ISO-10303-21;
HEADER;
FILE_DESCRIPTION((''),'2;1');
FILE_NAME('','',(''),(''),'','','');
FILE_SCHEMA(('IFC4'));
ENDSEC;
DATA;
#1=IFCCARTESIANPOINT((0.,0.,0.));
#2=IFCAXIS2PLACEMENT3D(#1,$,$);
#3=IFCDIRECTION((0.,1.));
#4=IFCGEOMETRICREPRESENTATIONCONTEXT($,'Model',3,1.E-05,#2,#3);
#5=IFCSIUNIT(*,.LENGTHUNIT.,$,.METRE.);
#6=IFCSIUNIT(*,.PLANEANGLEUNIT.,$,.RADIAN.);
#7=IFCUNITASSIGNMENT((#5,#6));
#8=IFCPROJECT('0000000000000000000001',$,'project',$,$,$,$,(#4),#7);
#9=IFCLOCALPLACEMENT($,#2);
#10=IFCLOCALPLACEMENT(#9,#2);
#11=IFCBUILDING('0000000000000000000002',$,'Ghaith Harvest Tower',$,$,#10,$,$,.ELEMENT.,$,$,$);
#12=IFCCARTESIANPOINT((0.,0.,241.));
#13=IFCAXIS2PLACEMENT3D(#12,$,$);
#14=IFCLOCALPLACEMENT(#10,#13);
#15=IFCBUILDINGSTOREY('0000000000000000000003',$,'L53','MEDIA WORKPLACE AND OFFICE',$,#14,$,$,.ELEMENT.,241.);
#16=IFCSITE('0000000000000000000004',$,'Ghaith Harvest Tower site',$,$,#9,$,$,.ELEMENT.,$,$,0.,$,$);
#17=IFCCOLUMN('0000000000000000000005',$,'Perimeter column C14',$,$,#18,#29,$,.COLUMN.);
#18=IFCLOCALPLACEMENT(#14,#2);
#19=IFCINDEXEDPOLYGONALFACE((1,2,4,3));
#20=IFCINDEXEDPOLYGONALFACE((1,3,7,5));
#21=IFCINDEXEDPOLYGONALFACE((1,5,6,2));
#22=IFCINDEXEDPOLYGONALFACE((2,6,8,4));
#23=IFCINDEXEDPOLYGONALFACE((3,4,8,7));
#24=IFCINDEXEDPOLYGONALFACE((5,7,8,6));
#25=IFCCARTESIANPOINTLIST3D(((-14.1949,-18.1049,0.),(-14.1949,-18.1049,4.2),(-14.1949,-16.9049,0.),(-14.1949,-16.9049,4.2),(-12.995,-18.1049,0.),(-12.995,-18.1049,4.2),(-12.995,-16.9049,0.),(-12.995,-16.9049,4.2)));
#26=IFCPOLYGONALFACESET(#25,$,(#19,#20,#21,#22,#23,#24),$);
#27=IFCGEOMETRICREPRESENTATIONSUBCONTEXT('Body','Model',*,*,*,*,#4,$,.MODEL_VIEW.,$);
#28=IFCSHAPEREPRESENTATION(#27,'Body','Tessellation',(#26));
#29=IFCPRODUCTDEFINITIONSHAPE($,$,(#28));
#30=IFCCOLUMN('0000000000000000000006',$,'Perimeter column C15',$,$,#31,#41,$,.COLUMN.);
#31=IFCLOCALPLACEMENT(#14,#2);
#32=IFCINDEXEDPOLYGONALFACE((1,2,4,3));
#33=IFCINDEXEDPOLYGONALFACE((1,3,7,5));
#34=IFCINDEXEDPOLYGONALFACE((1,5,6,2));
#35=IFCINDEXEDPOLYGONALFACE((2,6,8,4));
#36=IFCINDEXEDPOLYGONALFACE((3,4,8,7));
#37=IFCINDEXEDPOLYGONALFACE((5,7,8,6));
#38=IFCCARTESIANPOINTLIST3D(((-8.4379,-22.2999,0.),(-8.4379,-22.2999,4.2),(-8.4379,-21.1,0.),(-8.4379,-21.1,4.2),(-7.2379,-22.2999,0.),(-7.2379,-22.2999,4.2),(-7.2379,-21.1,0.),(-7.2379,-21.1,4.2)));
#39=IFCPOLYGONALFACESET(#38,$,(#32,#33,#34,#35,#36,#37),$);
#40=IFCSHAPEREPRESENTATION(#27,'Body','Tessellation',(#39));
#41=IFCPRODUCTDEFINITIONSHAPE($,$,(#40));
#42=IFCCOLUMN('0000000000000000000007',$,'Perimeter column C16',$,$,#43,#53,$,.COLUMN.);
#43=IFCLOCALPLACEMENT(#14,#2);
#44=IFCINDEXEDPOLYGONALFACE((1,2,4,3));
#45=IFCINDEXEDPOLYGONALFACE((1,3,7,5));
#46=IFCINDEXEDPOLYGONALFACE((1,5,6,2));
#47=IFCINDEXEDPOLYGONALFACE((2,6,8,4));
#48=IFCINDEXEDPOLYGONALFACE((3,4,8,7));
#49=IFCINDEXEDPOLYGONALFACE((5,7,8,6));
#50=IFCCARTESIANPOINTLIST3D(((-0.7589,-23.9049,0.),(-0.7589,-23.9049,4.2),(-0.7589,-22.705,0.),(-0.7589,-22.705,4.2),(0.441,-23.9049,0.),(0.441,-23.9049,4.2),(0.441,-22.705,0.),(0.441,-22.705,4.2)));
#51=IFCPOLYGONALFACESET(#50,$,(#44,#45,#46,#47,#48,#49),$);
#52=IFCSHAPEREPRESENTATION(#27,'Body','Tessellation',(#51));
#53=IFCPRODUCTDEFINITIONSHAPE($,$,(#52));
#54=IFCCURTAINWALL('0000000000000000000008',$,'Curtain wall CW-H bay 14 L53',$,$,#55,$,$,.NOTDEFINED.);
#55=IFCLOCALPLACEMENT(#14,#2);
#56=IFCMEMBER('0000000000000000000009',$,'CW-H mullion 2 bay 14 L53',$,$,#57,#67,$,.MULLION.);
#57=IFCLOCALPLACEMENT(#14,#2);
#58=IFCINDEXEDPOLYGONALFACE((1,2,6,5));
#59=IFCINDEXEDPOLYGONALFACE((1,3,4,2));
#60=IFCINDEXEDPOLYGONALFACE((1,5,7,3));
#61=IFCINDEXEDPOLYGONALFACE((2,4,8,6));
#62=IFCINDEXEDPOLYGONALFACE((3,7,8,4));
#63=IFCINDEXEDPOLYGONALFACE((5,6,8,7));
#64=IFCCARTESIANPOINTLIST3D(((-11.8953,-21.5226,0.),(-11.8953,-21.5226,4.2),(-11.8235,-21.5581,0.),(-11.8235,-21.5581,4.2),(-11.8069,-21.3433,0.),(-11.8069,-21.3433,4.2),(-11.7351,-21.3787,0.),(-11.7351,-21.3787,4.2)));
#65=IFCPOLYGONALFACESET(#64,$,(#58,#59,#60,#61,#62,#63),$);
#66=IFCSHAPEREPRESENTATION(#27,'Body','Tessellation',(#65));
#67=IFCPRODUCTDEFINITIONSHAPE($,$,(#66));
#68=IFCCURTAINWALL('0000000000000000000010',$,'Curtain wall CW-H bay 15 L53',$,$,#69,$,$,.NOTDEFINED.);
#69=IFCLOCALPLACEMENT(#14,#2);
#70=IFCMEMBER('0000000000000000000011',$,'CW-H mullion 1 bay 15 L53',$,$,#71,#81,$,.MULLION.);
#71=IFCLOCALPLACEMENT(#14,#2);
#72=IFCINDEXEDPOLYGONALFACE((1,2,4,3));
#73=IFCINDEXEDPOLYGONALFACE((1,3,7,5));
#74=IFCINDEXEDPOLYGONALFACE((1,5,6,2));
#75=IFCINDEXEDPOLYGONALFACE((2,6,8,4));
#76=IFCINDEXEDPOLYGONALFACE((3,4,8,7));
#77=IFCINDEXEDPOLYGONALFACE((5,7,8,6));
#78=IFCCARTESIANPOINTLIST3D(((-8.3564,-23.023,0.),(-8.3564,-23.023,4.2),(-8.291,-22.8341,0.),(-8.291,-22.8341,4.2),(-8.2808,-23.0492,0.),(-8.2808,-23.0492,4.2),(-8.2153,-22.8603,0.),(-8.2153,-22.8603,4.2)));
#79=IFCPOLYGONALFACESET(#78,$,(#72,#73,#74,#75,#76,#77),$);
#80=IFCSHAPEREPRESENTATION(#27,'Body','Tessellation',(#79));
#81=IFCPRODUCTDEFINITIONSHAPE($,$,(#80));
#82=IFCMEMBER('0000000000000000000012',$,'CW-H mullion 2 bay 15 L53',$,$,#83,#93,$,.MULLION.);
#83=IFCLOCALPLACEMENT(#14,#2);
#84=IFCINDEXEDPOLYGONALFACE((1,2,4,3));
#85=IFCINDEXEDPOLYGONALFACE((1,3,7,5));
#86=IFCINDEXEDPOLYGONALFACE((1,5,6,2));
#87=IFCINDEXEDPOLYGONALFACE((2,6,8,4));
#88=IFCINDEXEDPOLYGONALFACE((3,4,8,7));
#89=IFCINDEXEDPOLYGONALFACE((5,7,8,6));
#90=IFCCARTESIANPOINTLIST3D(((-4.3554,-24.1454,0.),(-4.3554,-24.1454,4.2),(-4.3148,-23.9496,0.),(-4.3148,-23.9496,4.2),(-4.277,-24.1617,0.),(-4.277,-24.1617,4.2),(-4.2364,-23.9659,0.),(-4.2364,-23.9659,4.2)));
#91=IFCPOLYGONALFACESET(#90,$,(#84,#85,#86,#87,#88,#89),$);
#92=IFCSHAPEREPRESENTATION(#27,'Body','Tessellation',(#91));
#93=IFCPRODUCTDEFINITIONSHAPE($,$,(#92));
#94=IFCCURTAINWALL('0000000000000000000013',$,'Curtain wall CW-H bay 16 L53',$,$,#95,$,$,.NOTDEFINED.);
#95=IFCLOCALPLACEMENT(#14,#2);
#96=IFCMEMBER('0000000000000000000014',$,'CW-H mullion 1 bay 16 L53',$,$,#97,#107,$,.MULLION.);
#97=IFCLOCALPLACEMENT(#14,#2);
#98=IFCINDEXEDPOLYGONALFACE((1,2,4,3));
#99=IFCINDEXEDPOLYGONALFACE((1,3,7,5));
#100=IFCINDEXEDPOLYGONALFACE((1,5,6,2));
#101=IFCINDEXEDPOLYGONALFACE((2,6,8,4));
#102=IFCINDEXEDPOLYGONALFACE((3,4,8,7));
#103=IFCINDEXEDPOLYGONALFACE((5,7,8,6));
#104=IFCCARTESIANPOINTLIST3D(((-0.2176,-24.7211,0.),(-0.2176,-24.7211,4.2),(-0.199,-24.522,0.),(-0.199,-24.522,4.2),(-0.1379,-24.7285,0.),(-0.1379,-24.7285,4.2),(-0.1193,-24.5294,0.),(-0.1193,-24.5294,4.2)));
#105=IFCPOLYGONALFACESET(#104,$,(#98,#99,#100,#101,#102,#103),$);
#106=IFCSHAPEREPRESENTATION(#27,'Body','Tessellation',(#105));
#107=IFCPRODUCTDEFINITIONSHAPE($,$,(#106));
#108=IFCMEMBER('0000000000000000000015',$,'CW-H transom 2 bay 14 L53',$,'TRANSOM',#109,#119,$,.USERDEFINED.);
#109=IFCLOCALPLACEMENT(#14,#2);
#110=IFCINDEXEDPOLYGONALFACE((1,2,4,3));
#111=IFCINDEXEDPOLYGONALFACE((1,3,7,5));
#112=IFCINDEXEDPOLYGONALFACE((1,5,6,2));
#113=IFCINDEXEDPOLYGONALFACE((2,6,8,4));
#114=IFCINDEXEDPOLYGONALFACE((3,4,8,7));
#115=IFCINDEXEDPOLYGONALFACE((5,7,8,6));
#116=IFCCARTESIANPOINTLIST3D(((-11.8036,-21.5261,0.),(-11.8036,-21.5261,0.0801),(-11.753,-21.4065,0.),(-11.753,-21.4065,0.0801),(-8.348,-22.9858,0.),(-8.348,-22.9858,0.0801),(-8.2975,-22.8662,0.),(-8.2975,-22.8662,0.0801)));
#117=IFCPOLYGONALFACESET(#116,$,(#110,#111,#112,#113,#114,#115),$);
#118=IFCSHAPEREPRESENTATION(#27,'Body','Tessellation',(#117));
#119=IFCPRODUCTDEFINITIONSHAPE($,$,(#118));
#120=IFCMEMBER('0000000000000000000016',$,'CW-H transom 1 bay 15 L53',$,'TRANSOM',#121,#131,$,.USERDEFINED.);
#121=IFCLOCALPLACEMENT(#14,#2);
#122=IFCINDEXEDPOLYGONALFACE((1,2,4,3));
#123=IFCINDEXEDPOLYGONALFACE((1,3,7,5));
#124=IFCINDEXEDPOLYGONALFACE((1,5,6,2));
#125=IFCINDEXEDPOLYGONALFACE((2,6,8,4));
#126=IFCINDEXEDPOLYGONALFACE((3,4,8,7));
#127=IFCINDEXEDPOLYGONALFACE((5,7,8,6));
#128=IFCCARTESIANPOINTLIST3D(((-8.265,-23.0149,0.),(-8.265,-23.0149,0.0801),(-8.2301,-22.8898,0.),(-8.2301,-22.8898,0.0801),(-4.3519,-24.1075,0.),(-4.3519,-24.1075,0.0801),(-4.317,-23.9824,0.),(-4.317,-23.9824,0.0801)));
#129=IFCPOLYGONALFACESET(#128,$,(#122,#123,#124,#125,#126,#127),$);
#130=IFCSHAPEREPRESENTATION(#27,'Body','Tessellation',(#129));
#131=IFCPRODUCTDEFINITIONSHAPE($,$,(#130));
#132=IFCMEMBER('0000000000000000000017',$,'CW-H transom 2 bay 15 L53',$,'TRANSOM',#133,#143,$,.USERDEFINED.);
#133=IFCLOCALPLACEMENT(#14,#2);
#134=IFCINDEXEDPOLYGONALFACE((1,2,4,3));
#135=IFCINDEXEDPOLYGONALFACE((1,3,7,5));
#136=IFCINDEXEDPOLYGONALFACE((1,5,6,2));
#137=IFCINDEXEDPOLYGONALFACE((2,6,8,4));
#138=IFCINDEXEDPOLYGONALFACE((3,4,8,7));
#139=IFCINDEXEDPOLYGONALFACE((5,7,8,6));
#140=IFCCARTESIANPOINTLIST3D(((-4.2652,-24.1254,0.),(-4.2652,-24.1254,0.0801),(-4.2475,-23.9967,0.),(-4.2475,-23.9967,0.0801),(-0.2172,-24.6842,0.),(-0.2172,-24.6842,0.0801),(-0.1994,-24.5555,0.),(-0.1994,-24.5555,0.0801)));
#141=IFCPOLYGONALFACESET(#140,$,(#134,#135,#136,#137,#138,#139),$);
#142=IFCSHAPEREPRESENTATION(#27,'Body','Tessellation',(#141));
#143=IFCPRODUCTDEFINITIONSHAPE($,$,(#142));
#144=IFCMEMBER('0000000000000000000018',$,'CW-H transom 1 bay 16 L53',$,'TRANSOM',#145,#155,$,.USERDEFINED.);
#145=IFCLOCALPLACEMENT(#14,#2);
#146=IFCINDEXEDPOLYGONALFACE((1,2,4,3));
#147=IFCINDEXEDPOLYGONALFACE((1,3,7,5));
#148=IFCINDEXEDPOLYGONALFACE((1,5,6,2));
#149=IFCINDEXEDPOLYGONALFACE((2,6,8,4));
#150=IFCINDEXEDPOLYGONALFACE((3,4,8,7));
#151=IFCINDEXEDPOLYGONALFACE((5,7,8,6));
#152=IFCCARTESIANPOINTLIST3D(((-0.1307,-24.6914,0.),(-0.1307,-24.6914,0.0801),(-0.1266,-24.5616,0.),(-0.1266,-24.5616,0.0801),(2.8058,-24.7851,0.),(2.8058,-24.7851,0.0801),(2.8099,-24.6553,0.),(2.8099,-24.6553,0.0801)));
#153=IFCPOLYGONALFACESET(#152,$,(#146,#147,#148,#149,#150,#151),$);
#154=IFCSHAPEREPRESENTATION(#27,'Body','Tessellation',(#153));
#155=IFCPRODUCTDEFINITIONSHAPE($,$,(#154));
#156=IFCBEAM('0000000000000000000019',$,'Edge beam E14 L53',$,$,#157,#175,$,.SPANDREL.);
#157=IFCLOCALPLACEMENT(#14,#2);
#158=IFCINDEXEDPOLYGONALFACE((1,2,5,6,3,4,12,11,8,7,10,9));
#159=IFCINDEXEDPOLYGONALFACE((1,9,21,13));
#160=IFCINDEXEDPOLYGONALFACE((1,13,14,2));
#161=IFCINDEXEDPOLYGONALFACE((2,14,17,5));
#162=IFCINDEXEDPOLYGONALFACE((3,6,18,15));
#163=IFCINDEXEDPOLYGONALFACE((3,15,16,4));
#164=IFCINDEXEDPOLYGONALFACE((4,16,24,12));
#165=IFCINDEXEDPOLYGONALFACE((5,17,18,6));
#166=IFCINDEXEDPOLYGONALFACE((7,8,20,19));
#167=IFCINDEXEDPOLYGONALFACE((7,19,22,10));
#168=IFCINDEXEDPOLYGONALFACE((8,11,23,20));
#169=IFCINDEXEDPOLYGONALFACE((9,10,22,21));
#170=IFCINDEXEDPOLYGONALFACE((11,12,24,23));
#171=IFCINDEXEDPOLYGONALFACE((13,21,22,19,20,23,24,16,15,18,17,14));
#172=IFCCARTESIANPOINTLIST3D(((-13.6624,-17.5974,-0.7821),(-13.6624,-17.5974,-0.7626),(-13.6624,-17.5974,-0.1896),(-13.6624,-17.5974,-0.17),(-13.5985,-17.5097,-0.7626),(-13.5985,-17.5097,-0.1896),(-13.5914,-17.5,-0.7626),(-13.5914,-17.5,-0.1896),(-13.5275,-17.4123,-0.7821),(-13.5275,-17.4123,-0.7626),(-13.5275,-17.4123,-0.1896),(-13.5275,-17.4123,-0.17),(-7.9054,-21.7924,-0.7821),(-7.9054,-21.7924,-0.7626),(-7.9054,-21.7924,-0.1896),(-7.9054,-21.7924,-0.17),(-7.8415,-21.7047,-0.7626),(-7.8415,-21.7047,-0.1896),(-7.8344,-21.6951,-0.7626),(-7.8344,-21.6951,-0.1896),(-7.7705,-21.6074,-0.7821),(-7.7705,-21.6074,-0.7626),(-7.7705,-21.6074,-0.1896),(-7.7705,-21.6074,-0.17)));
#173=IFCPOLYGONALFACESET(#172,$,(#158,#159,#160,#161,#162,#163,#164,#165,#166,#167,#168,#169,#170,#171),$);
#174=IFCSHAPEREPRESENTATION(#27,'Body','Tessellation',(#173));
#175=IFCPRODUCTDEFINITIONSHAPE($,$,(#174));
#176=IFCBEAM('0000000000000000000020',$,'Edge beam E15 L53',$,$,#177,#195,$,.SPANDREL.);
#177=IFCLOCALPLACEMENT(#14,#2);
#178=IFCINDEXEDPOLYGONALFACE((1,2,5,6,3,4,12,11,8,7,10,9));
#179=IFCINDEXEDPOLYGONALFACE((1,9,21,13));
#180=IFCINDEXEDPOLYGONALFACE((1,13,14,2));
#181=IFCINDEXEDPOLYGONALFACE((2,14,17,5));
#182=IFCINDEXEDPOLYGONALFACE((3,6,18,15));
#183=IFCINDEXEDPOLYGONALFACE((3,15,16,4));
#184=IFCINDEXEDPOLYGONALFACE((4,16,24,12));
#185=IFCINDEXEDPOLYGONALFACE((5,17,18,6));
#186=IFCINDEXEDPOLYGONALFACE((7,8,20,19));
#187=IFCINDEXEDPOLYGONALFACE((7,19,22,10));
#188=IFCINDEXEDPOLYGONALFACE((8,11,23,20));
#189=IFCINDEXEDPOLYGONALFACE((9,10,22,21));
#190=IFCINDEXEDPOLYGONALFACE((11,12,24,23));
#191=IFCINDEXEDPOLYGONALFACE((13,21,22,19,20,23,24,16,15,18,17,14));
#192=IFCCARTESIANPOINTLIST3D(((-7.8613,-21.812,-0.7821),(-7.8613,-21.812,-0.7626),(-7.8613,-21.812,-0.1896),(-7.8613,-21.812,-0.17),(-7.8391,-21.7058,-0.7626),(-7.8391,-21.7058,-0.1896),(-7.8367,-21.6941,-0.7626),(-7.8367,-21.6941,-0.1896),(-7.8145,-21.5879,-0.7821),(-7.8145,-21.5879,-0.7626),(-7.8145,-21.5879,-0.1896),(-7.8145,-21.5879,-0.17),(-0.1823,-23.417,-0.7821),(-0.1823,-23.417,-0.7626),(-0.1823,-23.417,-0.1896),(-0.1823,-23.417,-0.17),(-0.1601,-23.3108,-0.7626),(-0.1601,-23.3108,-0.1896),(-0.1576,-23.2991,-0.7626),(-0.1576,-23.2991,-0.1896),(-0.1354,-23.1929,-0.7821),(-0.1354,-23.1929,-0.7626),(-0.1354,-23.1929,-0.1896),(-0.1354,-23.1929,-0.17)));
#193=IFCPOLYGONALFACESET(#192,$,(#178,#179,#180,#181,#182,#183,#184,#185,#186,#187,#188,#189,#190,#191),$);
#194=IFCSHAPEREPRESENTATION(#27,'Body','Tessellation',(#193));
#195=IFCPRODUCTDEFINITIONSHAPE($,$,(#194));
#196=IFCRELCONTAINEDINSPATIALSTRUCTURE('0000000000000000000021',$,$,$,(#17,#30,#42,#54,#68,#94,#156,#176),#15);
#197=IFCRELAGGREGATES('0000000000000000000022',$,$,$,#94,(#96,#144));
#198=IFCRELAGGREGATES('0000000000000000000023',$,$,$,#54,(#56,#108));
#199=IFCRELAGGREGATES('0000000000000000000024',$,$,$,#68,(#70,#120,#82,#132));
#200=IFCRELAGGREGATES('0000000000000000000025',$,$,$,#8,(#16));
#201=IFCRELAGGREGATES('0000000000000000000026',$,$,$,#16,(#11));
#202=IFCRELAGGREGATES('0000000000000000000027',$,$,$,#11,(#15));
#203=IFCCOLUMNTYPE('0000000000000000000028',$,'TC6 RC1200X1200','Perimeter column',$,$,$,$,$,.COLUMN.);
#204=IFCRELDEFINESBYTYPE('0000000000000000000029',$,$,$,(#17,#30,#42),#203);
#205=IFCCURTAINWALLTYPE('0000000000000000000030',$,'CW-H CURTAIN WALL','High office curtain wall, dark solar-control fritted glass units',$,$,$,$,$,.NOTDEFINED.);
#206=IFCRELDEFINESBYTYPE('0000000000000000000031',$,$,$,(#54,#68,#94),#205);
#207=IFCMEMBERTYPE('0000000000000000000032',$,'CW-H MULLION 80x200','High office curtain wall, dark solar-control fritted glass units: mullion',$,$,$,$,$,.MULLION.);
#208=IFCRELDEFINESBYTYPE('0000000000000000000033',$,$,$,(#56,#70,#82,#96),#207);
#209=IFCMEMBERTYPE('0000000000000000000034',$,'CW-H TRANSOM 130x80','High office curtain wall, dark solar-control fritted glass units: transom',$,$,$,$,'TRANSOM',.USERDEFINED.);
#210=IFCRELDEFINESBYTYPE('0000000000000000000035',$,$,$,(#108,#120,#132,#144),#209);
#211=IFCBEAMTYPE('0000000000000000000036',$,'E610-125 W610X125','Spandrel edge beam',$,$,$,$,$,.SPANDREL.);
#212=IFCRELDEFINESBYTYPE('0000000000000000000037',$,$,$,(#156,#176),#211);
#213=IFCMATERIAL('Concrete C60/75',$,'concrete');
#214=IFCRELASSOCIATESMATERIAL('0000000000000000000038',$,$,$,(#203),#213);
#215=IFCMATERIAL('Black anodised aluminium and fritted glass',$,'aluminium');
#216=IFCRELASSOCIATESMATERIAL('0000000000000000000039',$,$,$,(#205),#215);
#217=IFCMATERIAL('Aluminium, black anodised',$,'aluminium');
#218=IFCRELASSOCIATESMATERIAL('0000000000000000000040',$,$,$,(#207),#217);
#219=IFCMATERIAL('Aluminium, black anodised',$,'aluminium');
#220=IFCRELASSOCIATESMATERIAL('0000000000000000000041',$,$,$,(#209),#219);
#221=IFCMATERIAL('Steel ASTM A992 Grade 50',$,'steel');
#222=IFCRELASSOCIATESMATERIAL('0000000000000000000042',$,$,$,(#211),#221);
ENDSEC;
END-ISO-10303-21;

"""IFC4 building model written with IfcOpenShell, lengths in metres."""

from ifc_helpers import new_model, si_unit, direction, frame, origin, origin_2d, place, context, subcontext, project, spatial, rectangle, i_section, extrude, material, material_profile, profile_set, type_object, element, aggregate, save


model = new_model("IFC4")

# Units and contexts
model_context = context("Model", 3, precision=1e-05, world=origin(), true_north=direction((0.0, 1.0)))
body_context = subcontext(model_context, "Body", "Model", "MODEL_VIEW")
ifc_project = project(units=[si_unit("LENGTHUNIT", "METRE"), si_unit("PLANEANGLEUNIT", "RADIAN")], contexts=[model_context])

# Site, building, storey
site_placement = place(None, origin())
site = spatial("IfcSite", under=ifc_project, at=site_placement, Name="Ghaith Harvest Tower site", CompositionType="ELEMENT", RefElevation=0.0)
building_placement = place(site_placement, origin())
building = spatial("IfcBuilding", under=site, at=building_placement, Name="Ghaith Harvest Tower", CompositionType="ELEMENT")
storey_placement = place(building_placement, frame((0.0, 0.0, 241.0)))
storey = spatial("IfcBuildingStorey", under=building, at=storey_placement, Name="L53", Description="MEDIA WORKPLACE AND OFFICE", CompositionType="ELEMENT", Elevation=241.0)

# Columns
ifc_material_1 = material(Name="Concrete C60/75", Category="concrete")
ifc_material_profile_1 = material_profile(ifc_material_1, rectangle(XDim=1.2, YDim=1.2, at=origin_2d()), Name="RC1200X1200")
ifc_profile_set_1 = profile_set([ifc_material_profile_1], Name="Concrete C60/75")
column_type = type_object("IfcColumnType", Name="TC6 RC1200X1200", Description="Perimeter column", PredefinedType="COLUMN", material=ifc_profile_set_1)
for number, where, z_axis, x_axis, name in (
    (1, (-13.595, -17.5049, 0.0), (0.0, 0.0, 1.0), (1.0, 0.0, 0.0), "Perimeter column C14"),
    (2, (-7.8379, -21.7, 0.0), (0.0, 0.0, 1.0), (1.0, 0.0, 0.0), "Perimeter column C15"),
    (3, (-0.1589, -23.3049, 0.0), (0.0, 0.0, 1.0), (1.0, 0.0, 0.0), "Perimeter column C16"),
):
    element("IfcColumn", number, at=place(storey_placement, frame(where, z_axis=z_axis, x_axis=x_axis)), inside=storey, type_object=column_type, Name=name, PredefinedType="COLUMN", context=body_context, shape_type="SweptSolid", body=[
        extrude(rectangle(XDim=1.2, YDim=1.2, at=origin_2d()), origin(), (0.0, 0.0, 1.0), 4.2),
    ])

# Curtain wall, member
ifc_material_2 = material(Name="Black anodised aluminium and fritted glass", Category="aluminium")
curtain_wall_type = type_object("IfcCurtainWallType", Name="CW-H CURTAIN WALL", Description="High office curtain wall, dark solar-control fritted glass units", PredefinedType="NOTDEFINED", material=ifc_material_2)
curtain_wall_1_placement = place(storey_placement, origin())
curtain_wall_1 = element("IfcCurtainWall", 4, at=curtain_wall_1_placement, inside=storey, type_object=curtain_wall_type, Name="Curtain wall CW-H bay 14 L53", PredefinedType="NOTDEFINED")
ifc_material_3 = material(Name="Aluminium, black anodised", Category="aluminium")
ifc_material_profile_2 = material_profile(ifc_material_3, rectangle(XDim=0.0801, YDim=0.2, at=origin_2d()), Name="CW-H MULLION 80x200")
ifc_profile_set_2 = profile_set([ifc_material_profile_2], Name="Aluminium, black anodised")
member_type_1 = type_object("IfcMemberType", Name="CW-H MULLION 80x200", Description="High office curtain wall, dark solar-control fritted glass units: mullion", PredefinedType="MULLION", material=ifc_profile_set_2)
member_1_placement = place(storey_placement, frame((-11.8152, -21.4507, 0.0), z_axis=(0.0, 0.0, 1.0), x_axis=(0.896853, -0.442329, 0.0)))
member_1 = element("IfcMember", 5, at=member_1_placement, type_object=member_type_1, Name="CW-H mullion 2 bay 14 L53", PredefinedType="MULLION", context=body_context, shape_type="SweptSolid", body=[
    extrude(rectangle(XDim=0.0801, YDim=0.2, at=origin_2d()), origin(), (0.0, 0.0, 1.0), 4.2),
])

# Curtain wall, members
curtain_wall_2_placement = place(storey_placement, origin())
curtain_wall_2 = element("IfcCurtainWall", 6, at=curtain_wall_2_placement, inside=storey, type_object=curtain_wall_type, Name="Curtain wall CW-H bay 15 L53", PredefinedType="NOTDEFINED")
member_2_placement = place(storey_placement, frame((-8.2859, -22.9417, 0.0), z_axis=(0.0, 0.0, 1.0), x_axis=(0.944906, -0.327342, 0.0)))
member_2 = element("IfcMember", 7, at=member_2_placement, type_object=member_type_1, Name="CW-H mullion 1 bay 15 L53", PredefinedType="MULLION", context=body_context, shape_type="SweptSolid", body=[
    extrude(rectangle(XDim=0.0801, YDim=0.2, at=origin_2d()), origin(), (0.0, 0.0, 1.0), 4.2),
])
member_3_placement = place(storey_placement, frame((-4.2959, -24.0557, 0.0), z_axis=(0.0, 0.0, 1.0), x_axis=(0.979161, -0.203084, 0.0)))
member_3 = element("IfcMember", 8, at=member_3_placement, type_object=member_type_1, Name="CW-H mullion 2 bay 15 L53", PredefinedType="MULLION", context=body_context, shape_type="SweptSolid", body=[
    extrude(rectangle(XDim=0.0801, YDim=0.2, at=origin_2d()), origin(), (0.0, 0.0, 1.0), 4.2),
])

# Curtain wall, member
curtain_wall_3_placement = place(storey_placement, origin())
curtain_wall_3 = element("IfcCurtainWall", 9, at=curtain_wall_3_placement, inside=storey, type_object=curtain_wall_type, Name="Curtain wall CW-H bay 16 L53", PredefinedType="NOTDEFINED")
member_4_placement = place(storey_placement, frame((-0.1685, -24.6252, 0.0), z_axis=(0.0, 0.0, 1.0), x_axis=(0.995685, -0.092802, 0.0)))
member_4 = element("IfcMember", 10, at=member_4_placement, type_object=member_type_1, Name="CW-H mullion 1 bay 16 L53", PredefinedType="MULLION", context=body_context, shape_type="SweptSolid", body=[
    extrude(rectangle(XDim=0.0801, YDim=0.2, at=origin_2d()), origin(), (0.0, 0.0, 1.0), 4.2),
])

# Members
ifc_material_4 = material(Name="Aluminium, black anodised", Category="aluminium")
ifc_material_profile_3 = material_profile(ifc_material_4, rectangle(XDim=0.1299, YDim=0.0801, at=origin_2d()), Name="CW-H TRANSOM 130x80")
ifc_profile_set_3 = profile_set([ifc_material_profile_3], Name="Aluminium, black anodised")
member_type_2 = type_object("IfcMemberType", Name="CW-H TRANSOM 130x80", Description="High office curtain wall, dark solar-control fritted glass units: transom", ElementType="TRANSOM", PredefinedType="USERDEFINED", material=ifc_profile_set_3)
member_5_placement = place(storey_placement, frame((-11.7783, -21.4663, 0.04), z_axis=(0.921183, -0.38913, 0.0), x_axis=(0.38913, 0.921183, 0.0)))
member_5 = element("IfcMember", 11, at=member_5_placement, type_object=member_type_2, Name="CW-H transom 2 bay 14 L53", ObjectType="TRANSOM", PredefinedType="USERDEFINED", context=body_context, shape_type="SweptSolid", body=[
    extrude(rectangle(XDim=0.1299, YDim=0.0801, at=origin_2d()), origin(), (0.0, 0.0, 1.0), 3.7512),
])
member_6_placement = place(storey_placement, frame((-8.2476, -22.9524, 0.04), z_axis=(0.963164, -0.268914, 0.0), x_axis=(0.268914, 0.963164, 0.0)))
member_6 = element("IfcMember", 12, at=member_6_placement, type_object=member_type_2, Name="CW-H transom 1 bay 15 L53", ObjectType="TRANSOM", PredefinedType="USERDEFINED", context=body_context, shape_type="SweptSolid", body=[
    extrude(rectangle(XDim=0.1299, YDim=0.0801, at=origin_2d()), origin(), (0.0, 0.0, 1.0), 4.0627),
])
member_7_placement = place(storey_placement, frame((-4.2563, -24.061, 0.04), z_axis=(0.990605, -0.136753, 0.0), x_axis=(0.136753, 0.990605, 0.0)))
member_7 = element("IfcMember", 13, at=member_7_placement, type_object=member_type_2, Name="CW-H transom 2 bay 15 L53", ObjectType="TRANSOM", PredefinedType="USERDEFINED", context=body_context, shape_type="SweptSolid", body=[
    extrude(rectangle(XDim=0.1299, YDim=0.0801, at=origin_2d()), origin(), (0.0, 0.0, 1.0), 4.0864),
])
member_8_placement = place(storey_placement, frame((-0.1287, -24.6265, 0.04), z_axis=(0.999491, -0.031909, 0.0), x_axis=(0.031909, 0.999491, 0.0)))
member_8 = element("IfcMember", 14, at=member_8_placement, type_object=member_type_2, Name="CW-H transom 1 bay 16 L53", ObjectType="TRANSOM", PredefinedType="USERDEFINED", context=body_context, shape_type="SweptSolid", body=[
    extrude(rectangle(XDim=0.1299, YDim=0.0801, at=origin_2d()), origin(), (0.0, 0.0, 1.0), 2.938),
])
aggregate(curtain_wall_3, [member_4, member_8])

# Beams
ifc_material_5 = material(Name="Steel ASTM A992 Grade 50", Category="steel")
ifc_material_profile_4 = material_profile(ifc_material_5, i_section(OverallWidth=0.229, OverallDepth=0.6121, WebThickness=0.012, FlangeThickness=0.0195, at=origin_2d()), Name="W610X125")
ifc_profile_set_4 = profile_set([ifc_material_profile_4], Name="Steel ASTM A992 Grade 50")
beam_type_1 = type_object("IfcBeamType", Name="E610-125 W610X125", Description="Spandrel edge beam", PredefinedType="SPANDREL", material=ifc_profile_set_4)
beam_1_placement = place(storey_placement, frame((-13.595, -17.5049, -0.4761), z_axis=(0.808195, -0.588915, 0.0), x_axis=(0.588915, 0.808195, 0.0)))
element("IfcBeam", 15, at=beam_1_placement, inside=storey, type_object=beam_type_1, Name="Edge beam E14 L53", PredefinedType="SPANDREL", context=body_context, shape_type="SweptSolid", body=[
    extrude(i_section(OverallWidth=0.229, OverallDepth=0.6121, WebThickness=0.012, FlangeThickness=0.0195, at=origin_2d()), origin(), (0.0, 0.0, 1.0), 7.1233),
])
beam_2_placement = place(storey_placement, frame((-7.8379, -21.7, -0.4761), z_axis=(0.978848, -0.204589, 0.0), x_axis=(0.204589, 0.978848, 0.0)))
element("IfcBeam", 16, at=beam_2_placement, inside=storey, type_object=beam_type_1, Name="Edge beam E15 L53", PredefinedType="SPANDREL", context=body_context, shape_type="SweptSolid", body=[
    extrude(i_section(OverallWidth=0.229, OverallDepth=0.6121, WebThickness=0.012, FlangeThickness=0.0195, at=origin_2d()), origin(), (0.0, 0.0, 1.0), 7.845),
])

aggregate(curtain_wall_1, [member_1, member_5])
aggregate(curtain_wall_2, [member_2, member_6, member_3, member_7])

save(model, "model.ifc")
